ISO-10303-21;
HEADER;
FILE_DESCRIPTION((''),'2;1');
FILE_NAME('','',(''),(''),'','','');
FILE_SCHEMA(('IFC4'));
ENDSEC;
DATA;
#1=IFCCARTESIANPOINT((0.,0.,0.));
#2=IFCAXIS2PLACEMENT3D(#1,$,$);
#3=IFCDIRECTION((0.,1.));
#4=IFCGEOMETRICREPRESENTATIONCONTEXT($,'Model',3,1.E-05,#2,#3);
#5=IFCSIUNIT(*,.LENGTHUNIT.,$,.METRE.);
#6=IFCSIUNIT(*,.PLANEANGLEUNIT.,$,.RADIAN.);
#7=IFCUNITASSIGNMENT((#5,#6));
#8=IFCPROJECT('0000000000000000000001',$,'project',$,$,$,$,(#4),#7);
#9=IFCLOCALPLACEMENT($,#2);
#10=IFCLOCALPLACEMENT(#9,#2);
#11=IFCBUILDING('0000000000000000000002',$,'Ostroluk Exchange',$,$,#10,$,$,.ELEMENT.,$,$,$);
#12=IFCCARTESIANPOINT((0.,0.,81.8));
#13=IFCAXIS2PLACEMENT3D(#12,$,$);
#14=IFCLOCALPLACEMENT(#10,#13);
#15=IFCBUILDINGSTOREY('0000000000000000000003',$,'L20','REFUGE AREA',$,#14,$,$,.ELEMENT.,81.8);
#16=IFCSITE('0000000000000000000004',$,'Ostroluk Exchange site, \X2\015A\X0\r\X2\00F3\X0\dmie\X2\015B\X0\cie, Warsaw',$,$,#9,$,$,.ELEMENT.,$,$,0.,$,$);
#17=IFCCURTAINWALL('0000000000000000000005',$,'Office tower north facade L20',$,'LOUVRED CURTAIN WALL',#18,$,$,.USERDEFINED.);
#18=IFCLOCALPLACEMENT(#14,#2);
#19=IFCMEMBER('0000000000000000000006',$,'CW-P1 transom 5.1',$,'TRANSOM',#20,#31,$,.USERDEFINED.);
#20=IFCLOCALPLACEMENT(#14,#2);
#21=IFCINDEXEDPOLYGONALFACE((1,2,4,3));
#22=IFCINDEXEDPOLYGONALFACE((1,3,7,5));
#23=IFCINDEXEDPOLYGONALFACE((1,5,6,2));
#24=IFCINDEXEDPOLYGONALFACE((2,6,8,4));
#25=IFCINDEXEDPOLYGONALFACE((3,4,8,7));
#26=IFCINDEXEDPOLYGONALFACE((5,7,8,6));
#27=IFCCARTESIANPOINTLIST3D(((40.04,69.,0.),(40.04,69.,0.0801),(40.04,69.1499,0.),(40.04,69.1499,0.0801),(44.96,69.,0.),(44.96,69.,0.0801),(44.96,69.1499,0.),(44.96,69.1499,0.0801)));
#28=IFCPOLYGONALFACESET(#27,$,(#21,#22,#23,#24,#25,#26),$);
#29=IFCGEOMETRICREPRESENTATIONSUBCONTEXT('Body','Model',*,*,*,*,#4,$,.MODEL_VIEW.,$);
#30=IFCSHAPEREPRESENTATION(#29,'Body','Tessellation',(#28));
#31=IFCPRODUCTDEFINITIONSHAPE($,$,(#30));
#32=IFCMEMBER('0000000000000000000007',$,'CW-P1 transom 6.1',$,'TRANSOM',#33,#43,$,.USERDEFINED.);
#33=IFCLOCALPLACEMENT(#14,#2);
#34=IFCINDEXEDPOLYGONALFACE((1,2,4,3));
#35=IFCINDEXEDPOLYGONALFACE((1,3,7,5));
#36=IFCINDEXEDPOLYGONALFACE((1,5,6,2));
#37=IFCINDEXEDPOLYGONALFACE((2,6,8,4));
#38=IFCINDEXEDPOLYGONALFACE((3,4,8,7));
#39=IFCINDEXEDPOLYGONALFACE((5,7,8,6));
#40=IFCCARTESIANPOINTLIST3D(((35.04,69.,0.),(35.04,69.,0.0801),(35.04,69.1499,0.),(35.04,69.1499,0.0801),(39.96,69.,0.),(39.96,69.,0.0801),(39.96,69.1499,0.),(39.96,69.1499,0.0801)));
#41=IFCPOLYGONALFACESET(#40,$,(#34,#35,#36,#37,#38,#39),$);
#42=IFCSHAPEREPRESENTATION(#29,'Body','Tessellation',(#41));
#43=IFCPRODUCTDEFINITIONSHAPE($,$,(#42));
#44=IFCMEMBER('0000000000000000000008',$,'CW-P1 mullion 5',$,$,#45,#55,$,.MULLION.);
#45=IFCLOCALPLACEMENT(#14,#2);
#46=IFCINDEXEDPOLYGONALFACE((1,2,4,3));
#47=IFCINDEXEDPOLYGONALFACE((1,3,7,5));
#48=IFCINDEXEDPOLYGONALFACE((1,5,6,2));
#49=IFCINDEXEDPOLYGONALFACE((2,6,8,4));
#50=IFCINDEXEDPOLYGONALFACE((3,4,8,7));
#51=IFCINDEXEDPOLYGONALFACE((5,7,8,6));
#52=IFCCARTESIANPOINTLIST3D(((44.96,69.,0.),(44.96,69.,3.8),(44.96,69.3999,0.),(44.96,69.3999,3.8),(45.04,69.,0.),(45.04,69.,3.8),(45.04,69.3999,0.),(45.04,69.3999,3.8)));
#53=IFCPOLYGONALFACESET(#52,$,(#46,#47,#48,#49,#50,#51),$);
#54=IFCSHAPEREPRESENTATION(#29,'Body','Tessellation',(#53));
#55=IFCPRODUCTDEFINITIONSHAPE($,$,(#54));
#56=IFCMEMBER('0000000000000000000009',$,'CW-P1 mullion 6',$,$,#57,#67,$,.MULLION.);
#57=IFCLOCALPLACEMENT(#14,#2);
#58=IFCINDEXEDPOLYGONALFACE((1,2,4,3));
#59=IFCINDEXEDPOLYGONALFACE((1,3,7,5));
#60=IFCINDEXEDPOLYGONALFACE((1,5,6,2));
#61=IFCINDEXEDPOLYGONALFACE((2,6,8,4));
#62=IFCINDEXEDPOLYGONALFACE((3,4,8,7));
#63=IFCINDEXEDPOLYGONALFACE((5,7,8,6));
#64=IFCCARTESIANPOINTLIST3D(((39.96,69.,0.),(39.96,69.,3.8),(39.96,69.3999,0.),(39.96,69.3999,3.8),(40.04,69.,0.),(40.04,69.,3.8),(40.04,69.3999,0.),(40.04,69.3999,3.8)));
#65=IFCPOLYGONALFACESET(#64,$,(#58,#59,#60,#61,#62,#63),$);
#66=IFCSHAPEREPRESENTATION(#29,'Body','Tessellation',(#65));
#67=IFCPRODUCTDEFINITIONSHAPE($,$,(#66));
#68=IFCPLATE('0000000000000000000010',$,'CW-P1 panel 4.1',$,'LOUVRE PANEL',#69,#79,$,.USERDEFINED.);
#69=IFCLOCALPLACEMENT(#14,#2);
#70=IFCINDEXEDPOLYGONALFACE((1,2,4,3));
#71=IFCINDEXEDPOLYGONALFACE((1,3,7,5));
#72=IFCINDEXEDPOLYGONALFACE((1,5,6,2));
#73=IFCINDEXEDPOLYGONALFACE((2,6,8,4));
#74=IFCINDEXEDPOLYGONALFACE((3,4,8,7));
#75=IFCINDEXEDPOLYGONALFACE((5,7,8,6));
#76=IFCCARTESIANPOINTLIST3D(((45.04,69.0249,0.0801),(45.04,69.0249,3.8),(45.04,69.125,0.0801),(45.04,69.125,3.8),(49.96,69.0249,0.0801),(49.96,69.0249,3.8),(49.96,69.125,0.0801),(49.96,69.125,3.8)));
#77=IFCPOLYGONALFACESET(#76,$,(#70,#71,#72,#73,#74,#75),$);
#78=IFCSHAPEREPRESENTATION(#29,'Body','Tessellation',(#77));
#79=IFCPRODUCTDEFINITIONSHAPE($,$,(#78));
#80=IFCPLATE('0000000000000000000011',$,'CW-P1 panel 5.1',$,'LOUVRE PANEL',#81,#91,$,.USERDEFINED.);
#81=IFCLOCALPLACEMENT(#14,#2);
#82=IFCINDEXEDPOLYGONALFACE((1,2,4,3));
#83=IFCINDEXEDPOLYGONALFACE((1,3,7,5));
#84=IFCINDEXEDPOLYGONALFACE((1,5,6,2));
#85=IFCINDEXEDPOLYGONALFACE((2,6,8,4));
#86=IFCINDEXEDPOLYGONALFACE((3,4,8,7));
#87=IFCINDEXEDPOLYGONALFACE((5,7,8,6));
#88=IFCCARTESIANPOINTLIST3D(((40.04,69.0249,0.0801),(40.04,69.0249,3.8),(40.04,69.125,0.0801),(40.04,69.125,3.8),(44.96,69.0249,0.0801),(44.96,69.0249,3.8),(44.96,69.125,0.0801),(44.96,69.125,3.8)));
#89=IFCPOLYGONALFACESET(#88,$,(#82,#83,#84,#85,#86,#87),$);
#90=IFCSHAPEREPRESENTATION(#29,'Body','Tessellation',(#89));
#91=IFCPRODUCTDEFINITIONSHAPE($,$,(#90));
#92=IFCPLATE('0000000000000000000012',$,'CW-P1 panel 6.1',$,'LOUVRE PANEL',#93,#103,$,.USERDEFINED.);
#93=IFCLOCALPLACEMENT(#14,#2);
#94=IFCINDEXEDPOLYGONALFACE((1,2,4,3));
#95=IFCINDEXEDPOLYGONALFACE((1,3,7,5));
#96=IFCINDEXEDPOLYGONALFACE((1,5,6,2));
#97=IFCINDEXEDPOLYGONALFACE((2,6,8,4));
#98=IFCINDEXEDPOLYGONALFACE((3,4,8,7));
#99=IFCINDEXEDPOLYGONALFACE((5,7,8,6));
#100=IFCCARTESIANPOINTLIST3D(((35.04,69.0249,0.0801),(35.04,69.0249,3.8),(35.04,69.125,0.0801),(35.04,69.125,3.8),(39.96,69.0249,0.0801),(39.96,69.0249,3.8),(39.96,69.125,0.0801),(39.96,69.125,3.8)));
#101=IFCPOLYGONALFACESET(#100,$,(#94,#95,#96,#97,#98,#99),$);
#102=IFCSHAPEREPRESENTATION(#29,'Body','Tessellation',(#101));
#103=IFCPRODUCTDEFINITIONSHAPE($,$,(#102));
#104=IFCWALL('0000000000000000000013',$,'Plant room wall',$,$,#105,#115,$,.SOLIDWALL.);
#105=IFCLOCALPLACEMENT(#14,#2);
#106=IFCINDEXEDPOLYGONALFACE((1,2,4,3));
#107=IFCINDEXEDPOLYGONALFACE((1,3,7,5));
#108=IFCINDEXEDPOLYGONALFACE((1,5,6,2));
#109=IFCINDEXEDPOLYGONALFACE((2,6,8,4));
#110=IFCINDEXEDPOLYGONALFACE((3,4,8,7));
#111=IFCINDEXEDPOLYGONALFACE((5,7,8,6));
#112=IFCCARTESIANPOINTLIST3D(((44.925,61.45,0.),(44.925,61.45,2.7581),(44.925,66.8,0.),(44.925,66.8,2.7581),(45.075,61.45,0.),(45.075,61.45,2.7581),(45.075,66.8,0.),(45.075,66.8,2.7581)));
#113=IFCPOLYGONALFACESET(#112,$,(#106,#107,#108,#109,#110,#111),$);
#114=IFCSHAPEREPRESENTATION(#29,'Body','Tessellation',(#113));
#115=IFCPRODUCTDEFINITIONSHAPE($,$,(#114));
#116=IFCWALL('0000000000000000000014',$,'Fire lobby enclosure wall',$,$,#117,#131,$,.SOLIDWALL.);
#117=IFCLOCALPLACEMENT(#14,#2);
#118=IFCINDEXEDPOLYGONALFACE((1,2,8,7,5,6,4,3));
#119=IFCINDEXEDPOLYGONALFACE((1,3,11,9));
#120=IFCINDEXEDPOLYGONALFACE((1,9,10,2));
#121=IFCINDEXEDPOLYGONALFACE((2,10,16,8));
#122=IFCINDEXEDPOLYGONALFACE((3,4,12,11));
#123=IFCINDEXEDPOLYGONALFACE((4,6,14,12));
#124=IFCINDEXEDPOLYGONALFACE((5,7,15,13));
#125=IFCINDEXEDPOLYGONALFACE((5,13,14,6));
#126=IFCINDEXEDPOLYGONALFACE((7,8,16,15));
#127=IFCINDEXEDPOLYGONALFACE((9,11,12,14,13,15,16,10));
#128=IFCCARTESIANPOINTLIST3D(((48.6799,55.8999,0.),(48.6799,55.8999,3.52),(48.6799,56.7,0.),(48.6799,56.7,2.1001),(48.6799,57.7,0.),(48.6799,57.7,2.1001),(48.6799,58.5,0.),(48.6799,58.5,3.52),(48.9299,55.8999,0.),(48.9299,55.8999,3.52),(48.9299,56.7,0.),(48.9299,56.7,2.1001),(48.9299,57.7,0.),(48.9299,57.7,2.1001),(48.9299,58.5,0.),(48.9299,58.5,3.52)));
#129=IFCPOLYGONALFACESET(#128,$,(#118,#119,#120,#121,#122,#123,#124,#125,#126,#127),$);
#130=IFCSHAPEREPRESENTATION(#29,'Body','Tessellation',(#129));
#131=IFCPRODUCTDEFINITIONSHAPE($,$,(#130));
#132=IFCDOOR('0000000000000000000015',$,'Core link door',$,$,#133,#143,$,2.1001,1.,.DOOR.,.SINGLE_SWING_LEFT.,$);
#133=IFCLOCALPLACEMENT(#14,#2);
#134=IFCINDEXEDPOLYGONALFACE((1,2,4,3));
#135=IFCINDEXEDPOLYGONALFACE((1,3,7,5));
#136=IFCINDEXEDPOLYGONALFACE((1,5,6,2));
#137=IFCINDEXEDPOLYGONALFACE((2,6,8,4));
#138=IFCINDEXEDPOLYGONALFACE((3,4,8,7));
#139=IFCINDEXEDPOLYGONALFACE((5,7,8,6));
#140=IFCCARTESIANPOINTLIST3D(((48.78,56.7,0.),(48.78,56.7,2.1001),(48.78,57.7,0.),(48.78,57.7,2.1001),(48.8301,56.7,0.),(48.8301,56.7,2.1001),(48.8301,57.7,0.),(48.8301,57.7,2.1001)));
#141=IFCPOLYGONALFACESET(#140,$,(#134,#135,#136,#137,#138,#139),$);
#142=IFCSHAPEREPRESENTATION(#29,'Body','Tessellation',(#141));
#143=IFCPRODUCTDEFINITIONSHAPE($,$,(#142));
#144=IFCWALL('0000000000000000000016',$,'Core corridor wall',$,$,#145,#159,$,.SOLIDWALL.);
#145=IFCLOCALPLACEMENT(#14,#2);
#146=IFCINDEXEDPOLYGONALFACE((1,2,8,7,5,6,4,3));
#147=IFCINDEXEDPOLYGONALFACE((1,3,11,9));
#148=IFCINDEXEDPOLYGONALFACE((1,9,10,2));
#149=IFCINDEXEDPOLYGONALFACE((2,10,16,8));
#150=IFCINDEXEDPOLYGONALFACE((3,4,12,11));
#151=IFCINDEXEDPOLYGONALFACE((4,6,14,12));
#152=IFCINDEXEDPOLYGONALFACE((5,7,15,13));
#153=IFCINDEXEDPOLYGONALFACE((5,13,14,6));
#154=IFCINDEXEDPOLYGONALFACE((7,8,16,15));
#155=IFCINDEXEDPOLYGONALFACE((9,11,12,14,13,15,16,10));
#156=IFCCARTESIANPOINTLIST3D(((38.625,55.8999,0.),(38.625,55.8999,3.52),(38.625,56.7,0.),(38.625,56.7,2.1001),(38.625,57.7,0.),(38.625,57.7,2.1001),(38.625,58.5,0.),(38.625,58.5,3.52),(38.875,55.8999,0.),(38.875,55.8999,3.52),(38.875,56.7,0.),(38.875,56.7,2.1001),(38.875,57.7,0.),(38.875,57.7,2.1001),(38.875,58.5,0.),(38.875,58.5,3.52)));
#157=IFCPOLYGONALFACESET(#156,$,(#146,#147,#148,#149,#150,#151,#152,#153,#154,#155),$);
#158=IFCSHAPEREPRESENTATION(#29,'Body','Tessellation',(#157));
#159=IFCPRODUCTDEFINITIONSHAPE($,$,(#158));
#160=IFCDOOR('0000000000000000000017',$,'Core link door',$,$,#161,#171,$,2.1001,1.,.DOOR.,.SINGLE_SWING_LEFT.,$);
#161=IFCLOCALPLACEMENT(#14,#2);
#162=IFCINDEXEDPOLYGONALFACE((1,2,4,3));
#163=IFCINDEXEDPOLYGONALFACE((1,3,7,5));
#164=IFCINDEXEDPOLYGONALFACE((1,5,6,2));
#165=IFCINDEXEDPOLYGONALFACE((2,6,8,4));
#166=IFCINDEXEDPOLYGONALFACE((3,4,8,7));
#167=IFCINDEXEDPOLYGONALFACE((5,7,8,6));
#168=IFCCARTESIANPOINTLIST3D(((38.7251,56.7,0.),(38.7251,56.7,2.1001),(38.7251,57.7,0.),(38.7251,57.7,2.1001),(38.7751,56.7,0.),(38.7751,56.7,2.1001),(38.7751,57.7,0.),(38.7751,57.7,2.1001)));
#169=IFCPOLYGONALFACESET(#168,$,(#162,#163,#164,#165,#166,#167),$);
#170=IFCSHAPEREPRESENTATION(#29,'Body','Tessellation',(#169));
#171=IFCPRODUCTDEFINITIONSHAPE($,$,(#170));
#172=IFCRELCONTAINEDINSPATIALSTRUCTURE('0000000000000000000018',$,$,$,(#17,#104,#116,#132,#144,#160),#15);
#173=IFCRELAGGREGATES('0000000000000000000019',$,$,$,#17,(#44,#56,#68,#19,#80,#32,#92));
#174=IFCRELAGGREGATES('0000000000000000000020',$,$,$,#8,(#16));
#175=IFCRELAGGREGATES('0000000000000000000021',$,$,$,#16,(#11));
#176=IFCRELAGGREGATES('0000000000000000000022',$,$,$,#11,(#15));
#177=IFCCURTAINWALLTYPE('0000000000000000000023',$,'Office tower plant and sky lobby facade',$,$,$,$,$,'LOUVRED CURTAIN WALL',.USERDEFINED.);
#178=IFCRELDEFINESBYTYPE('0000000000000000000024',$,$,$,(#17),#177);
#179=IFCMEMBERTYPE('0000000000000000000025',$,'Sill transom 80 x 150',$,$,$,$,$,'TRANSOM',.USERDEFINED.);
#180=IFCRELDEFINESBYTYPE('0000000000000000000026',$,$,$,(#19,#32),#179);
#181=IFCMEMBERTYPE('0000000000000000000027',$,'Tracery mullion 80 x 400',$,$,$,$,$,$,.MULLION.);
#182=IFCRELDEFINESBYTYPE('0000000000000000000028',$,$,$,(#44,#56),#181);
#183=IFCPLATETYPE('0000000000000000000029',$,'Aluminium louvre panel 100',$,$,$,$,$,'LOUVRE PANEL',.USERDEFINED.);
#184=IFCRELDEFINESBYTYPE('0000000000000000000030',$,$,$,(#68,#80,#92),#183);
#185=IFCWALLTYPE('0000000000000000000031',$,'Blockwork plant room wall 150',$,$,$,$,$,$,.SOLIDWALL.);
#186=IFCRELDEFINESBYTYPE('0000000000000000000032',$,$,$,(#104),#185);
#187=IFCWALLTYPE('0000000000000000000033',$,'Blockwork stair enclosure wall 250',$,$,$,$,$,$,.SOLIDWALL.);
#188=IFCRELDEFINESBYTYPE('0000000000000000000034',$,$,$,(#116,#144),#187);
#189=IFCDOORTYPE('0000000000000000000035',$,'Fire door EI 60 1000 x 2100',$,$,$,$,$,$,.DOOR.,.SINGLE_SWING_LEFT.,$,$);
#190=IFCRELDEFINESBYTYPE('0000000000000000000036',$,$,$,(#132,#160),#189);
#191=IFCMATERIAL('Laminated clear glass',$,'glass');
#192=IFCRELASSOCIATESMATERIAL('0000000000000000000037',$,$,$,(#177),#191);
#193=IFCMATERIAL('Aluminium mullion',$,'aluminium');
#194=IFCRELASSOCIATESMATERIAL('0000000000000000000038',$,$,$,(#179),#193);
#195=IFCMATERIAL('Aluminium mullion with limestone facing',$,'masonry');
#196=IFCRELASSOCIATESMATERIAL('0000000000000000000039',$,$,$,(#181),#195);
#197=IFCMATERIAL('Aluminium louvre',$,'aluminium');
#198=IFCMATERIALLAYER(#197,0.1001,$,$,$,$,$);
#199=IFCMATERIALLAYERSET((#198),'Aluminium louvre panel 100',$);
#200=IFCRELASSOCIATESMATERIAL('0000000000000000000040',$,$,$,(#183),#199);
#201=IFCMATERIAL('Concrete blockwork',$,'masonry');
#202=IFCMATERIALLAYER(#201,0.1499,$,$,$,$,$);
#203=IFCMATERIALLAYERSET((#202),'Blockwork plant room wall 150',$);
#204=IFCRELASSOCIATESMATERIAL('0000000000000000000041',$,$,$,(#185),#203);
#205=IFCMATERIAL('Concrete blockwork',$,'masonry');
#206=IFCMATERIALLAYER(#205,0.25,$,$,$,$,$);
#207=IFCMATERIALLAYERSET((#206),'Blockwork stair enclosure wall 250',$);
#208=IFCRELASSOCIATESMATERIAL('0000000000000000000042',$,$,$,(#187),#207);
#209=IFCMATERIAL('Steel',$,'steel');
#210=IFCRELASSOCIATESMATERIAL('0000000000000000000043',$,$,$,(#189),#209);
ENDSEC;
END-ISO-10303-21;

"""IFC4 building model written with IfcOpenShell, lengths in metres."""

from ifc_helpers import new_model, si_unit, direction, frame, frame_2d, origin, origin_2d, place, context, subcontext, project, spatial, rectangle, extrude, material, layer, layer_set, material_profile, profile_set, type_object, element, fill, aggregate, save


model = new_model("IFC4")

# Units and contexts
model_context = context("Model", 3, precision=1e-05, world=origin(), true_north=direction((0.0, 1.0)))
body_context = subcontext(model_context, "Body", "Model", "MODEL_VIEW")
ifc_project = project(units=[si_unit("LENGTHUNIT", "METRE"), si_unit("PLANEANGLEUNIT", "RADIAN")], contexts=[model_context])

# Site, building, storey
site_placement = place(None, origin())
site = spatial("IfcSite", under=ifc_project, at=site_placement, Name="Ostroluk Exchange site, Śródmieście, Warsaw", CompositionType="ELEMENT", RefElevation=0.0)
building_placement = place(site_placement, origin())
building = spatial("IfcBuilding", under=site, at=building_placement, Name="Ostroluk Exchange", CompositionType="ELEMENT")
storey_placement = place(building_placement, frame((0.0, 0.0, 81.8)))
storey = spatial("IfcBuildingStorey", under=building, at=storey_placement, Name="L20", Description="REFUGE AREA", CompositionType="ELEMENT", Elevation=81.8)

# Curtain wall, members, plates
ifc_material_1 = material(Name="Laminated clear glass", Category="glass")
curtain_wall_type = type_object("IfcCurtainWallType", Name="Office tower plant and sky lobby facade", ElementType="LOUVRED CURTAIN WALL", PredefinedType="USERDEFINED", material=ifc_material_1)
curtain_wall_placement = place(storey_placement, origin())
curtain_wall = element("IfcCurtainWall", 1, at=curtain_wall_placement, inside=storey, type_object=curtain_wall_type, Name="Office tower north facade L20", ObjectType="LOUVRED CURTAIN WALL", PredefinedType="USERDEFINED")
ifc_material_2 = material(Name="Aluminium mullion", Category="aluminium")
ifc_material_profile_1 = material_profile(ifc_material_2, rectangle(XDim=0.1499, YDim=0.0801, at=origin_2d()), Name="Sill transom 80 x 150")
ifc_profile_set_1 = profile_set([ifc_material_profile_1], Name="Aluminium mullion")
member_type_1 = type_object("IfcMemberType", Name="Sill transom 80 x 150", ElementType="TRANSOM", PredefinedType="USERDEFINED", material=ifc_profile_set_1)
member_1_placement = place(storey_placement, frame((44.96, 69.075, 0.04), z_axis=(-1.0, 0.0, 0.0), x_axis=(0.0, -1.0, 0.0)))
member_1 = element("IfcMember", 2, at=member_1_placement, type_object=member_type_1, Name="CW-P1 transom 5.1", ObjectType="TRANSOM", PredefinedType="USERDEFINED", context=body_context, shape_type="SweptSolid", body=[
    extrude(rectangle(XDim=0.1499, YDim=0.0801, at=origin_2d()), origin(), (0.0, 0.0, 1.0), 4.9199),
])
member_2_placement = place(storey_placement, frame((39.96, 69.075, 0.04), z_axis=(-1.0, 0.0, 0.0), x_axis=(0.0, -1.0, 0.0)))
member_2 = element("IfcMember", 3, at=member_2_placement, type_object=member_type_1, Name="CW-P1 transom 6.1", ObjectType="TRANSOM", PredefinedType="USERDEFINED", context=body_context, shape_type="SweptSolid", body=[
    extrude(rectangle(XDim=0.1499, YDim=0.0801, at=origin_2d()), origin(), (0.0, 0.0, 1.0), 4.9199),
])
ifc_material_3 = material(Name="Aluminium mullion with limestone facing", Category="masonry")
ifc_material_profile_2 = material_profile(ifc_material_3, rectangle(XDim=0.3999, YDim=0.0801, at=origin_2d()), Name="Tracery mullion 80 x 400")
ifc_profile_set_2 = profile_set([ifc_material_profile_2], Name="Aluminium mullion with limestone facing")
member_type_2 = type_object("IfcMemberType", Name="Tracery mullion 80 x 400", PredefinedType="MULLION", material=ifc_profile_set_2)
member_3_placement = place(storey_placement, frame((45.0, 69.2, 0.0), z_axis=(0.0, 0.0, 1.0), x_axis=(0.0, -1.0, 0.0)))
member_3 = element("IfcMember", 4, at=member_3_placement, type_object=member_type_2, Name="CW-P1 mullion 5", PredefinedType="MULLION", context=body_context, shape_type="SweptSolid", body=[
    extrude(rectangle(XDim=0.3999, YDim=0.0801, at=origin_2d()), origin(), (0.0, 0.0, 1.0), 3.8),
])
member_4_placement = place(storey_placement, frame((40.0, 69.2, 0.0), z_axis=(0.0, 0.0, 1.0), x_axis=(0.0, -1.0, 0.0)))
member_4 = element("IfcMember", 5, at=member_4_placement, type_object=member_type_2, Name="CW-P1 mullion 6", PredefinedType="MULLION", context=body_context, shape_type="SweptSolid", body=[
    extrude(rectangle(XDim=0.3999, YDim=0.0801, at=origin_2d()), origin(), (0.0, 0.0, 1.0), 3.8),
])
ifc_material_4 = material(Name="Aluminium louvre", Category="aluminium")
ifc_layer_1 = layer(ifc_material_4, 0.1001)
ifc_layer_set_1 = layer_set([ifc_layer_1], Name="Aluminium louvre panel 100")
plate_type = type_object("IfcPlateType", Name="Aluminium louvre panel 100", ElementType="LOUVRE PANEL", PredefinedType="USERDEFINED", material=ifc_layer_set_1)
plate_1_placement = place(storey_placement, frame((47.5, 69.075, 0.0801), z_axis=(0.0, 0.0, 1.0), x_axis=(-1.0, 0.0, 0.0)))
plate_1 = element("IfcPlate", 6, at=plate_1_placement, type_object=plate_type, Name="CW-P1 panel 4.1", ObjectType="LOUVRE PANEL", PredefinedType="USERDEFINED", context=body_context, shape_type="SweptSolid", body=[
    extrude(rectangle(XDim=4.9199, YDim=0.1001, at=origin_2d()), origin(), (0.0, 0.0, 1.0), 3.72),
])
plate_2_placement = place(storey_placement, frame((42.5, 69.075, 0.0801), z_axis=(0.0, 0.0, 1.0), x_axis=(-1.0, 0.0, 0.0)))
plate_2 = element("IfcPlate", 7, at=plate_2_placement, type_object=plate_type, Name="CW-P1 panel 5.1", ObjectType="LOUVRE PANEL", PredefinedType="USERDEFINED", context=body_context, shape_type="SweptSolid", body=[
    extrude(rectangle(XDim=4.9199, YDim=0.1001, at=origin_2d()), origin(), (0.0, 0.0, 1.0), 3.72),
])
plate_3_placement = place(storey_placement, frame((37.5, 69.075, 0.0801), z_axis=(0.0, 0.0, 1.0), x_axis=(-1.0, 0.0, 0.0)))
plate_3 = element("IfcPlate", 8, at=plate_3_placement, type_object=plate_type, Name="CW-P1 panel 6.1", ObjectType="LOUVRE PANEL", PredefinedType="USERDEFINED", context=body_context, shape_type="SweptSolid", body=[
    extrude(rectangle(XDim=4.9199, YDim=0.1001, at=origin_2d()), origin(), (0.0, 0.0, 1.0), 3.72),
])
aggregate(curtain_wall, [member_3, member_4, plate_1, member_1, plate_2, member_2, plate_3])

# Wall
ifc_material_5 = material(Name="Concrete blockwork", Category="masonry")
ifc_layer_2 = layer(ifc_material_5, 0.1499)
ifc_layer_set_2 = layer_set([ifc_layer_2], Name="Blockwork plant room wall 150")
wall_type_1 = type_object("IfcWallType", Name="Blockwork plant room wall 150", PredefinedType="SOLIDWALL", material=ifc_layer_set_2)
wall_1_placement = place(storey_placement, frame((45.0, 61.45, 0.0), z_axis=(0.0, 0.0, 1.0), x_axis=(0.0, 1.0, 0.0)))
element("IfcWall", 9, at=wall_1_placement, inside=storey, type_object=wall_type_1, Name="Plant room wall", PredefinedType="SOLIDWALL", context=body_context, shape_type="SweptSolid", body=[
    extrude(rectangle(XDim=5.3501, YDim=0.1499, at=frame_2d((2.675, 0.0))), origin(), (0.0, 0.0, 1.0), 2.7581),
])

# Walls, openings, doors
ifc_material_6 = material(Name="Concrete blockwork", Category="masonry")
ifc_layer_3 = layer(ifc_material_6, 0.25)
ifc_layer_set_3 = layer_set([ifc_layer_3], Name="Blockwork stair enclosure wall 250")
wall_type_2 = type_object("IfcWallType", Name="Blockwork stair enclosure wall 250", PredefinedType="SOLIDWALL", material=ifc_layer_set_3)
wall_2_placement = place(storey_placement, frame((48.8049, 55.8999, 0.0), z_axis=(0.0, 0.0, 1.0), x_axis=(0.0, 1.0, 0.0)))
wall_2 = element("IfcWall", 10, at=wall_2_placement, inside=storey, type_object=wall_type_2, Name="Fire lobby enclosure wall", PredefinedType="SOLIDWALL", context=body_context, shape_type="SweptSolid", body=[
    extrude(rectangle(XDim=2.6001, YDim=0.25, at=frame_2d((1.3, 0.0))), origin(), (0.0, 0.0, 1.0), 3.52),
])
opening_1_placement = place(wall_2_placement, frame((0.8, 0.0, 0.0)))
opening_1 = element("IfcOpeningElement", 11, at=opening_1_placement, cuts=wall_2, PredefinedType="OPENING", context=body_context, shape_type="SweptSolid", body=[
    extrude(rectangle(XDim=1.0, YDim=2.1001, at=frame_2d((0.5, 1.05))), frame((0.0, 0.135, 0.0), z_axis=(0.0, -1.0, 0.0), x_axis=(1.0, 0.0, 0.0)), (0.0, 0.0, 1.0), 0.27),
])
ifc_material_7 = material(Name="Steel", Category="steel")
door_type = type_object("IfcDoorType", Name="Fire door EI 60 1000 x 2100", OperationType="SINGLE_SWING_LEFT", PredefinedType="DOOR", material=ifc_material_7)
door_1_placement = place(opening_1_placement, origin())
door_1 = element("IfcDoor", 12, at=door_1_placement, inside=storey, type_object=door_type, Name="Core link door", OperationType="SINGLE_SWING_LEFT", OverallHeight=2.1001, OverallWidth=1.0, PredefinedType="DOOR", context=body_context, shape_type="SweptSolid", body=[
    extrude(rectangle(XDim=1.0, YDim=2.1001, at=frame_2d((0.5, 1.05))), frame((0.0, 0.0249, 0.0), z_axis=(0.0, -1.0, 0.0), x_axis=(1.0, 0.0, 0.0)), (0.0, 0.0, 1.0), 0.05),
])
fill(opening_1, door_1)
wall_3_placement = place(storey_placement, frame((38.75, 55.8999, 0.0), z_axis=(0.0, 0.0, 1.0), x_axis=(0.0, 1.0, 0.0)))
wall_3 = element("IfcWall", 13, at=wall_3_placement, inside=storey, type_object=wall_type_2, Name="Core corridor wall", PredefinedType="SOLIDWALL", context=body_context, shape_type="SweptSolid", body=[
    extrude(rectangle(XDim=2.6001, YDim=0.25, at=frame_2d((1.3, 0.0))), origin(), (0.0, 0.0, 1.0), 3.52),
])
opening_2_placement = place(wall_3_placement, frame((0.8, 0.0, 0.0)))
opening_2 = element("IfcOpeningElement", 14, at=opening_2_placement, cuts=wall_3, PredefinedType="OPENING", context=body_context, shape_type="SweptSolid", body=[
    extrude(rectangle(XDim=1.0, YDim=2.1001, at=frame_2d((0.5, 1.05))), frame((0.0, 0.135, 0.0), z_axis=(0.0, -1.0, 0.0), x_axis=(1.0, 0.0, 0.0)), (0.0, 0.0, 1.0), 0.27),
])
door_2_placement = place(opening_2_placement, origin())
door_2 = element("IfcDoor", 15, at=door_2_placement, inside=storey, type_object=door_type, Name="Core link door", OperationType="SINGLE_SWING_LEFT", OverallHeight=2.1001, OverallWidth=1.0, PredefinedType="DOOR", context=body_context, shape_type="SweptSolid", body=[
    extrude(rectangle(XDim=1.0, YDim=2.1001, at=frame_2d((0.5, 1.05))), frame((0.0, 0.0249, 0.0), z_axis=(0.0, -1.0, 0.0), x_axis=(1.0, 0.0, 0.0)), (0.0, 0.0, 1.0), 0.05),
])
fill(opening_2, door_2)

save(model, "model.ifc")
